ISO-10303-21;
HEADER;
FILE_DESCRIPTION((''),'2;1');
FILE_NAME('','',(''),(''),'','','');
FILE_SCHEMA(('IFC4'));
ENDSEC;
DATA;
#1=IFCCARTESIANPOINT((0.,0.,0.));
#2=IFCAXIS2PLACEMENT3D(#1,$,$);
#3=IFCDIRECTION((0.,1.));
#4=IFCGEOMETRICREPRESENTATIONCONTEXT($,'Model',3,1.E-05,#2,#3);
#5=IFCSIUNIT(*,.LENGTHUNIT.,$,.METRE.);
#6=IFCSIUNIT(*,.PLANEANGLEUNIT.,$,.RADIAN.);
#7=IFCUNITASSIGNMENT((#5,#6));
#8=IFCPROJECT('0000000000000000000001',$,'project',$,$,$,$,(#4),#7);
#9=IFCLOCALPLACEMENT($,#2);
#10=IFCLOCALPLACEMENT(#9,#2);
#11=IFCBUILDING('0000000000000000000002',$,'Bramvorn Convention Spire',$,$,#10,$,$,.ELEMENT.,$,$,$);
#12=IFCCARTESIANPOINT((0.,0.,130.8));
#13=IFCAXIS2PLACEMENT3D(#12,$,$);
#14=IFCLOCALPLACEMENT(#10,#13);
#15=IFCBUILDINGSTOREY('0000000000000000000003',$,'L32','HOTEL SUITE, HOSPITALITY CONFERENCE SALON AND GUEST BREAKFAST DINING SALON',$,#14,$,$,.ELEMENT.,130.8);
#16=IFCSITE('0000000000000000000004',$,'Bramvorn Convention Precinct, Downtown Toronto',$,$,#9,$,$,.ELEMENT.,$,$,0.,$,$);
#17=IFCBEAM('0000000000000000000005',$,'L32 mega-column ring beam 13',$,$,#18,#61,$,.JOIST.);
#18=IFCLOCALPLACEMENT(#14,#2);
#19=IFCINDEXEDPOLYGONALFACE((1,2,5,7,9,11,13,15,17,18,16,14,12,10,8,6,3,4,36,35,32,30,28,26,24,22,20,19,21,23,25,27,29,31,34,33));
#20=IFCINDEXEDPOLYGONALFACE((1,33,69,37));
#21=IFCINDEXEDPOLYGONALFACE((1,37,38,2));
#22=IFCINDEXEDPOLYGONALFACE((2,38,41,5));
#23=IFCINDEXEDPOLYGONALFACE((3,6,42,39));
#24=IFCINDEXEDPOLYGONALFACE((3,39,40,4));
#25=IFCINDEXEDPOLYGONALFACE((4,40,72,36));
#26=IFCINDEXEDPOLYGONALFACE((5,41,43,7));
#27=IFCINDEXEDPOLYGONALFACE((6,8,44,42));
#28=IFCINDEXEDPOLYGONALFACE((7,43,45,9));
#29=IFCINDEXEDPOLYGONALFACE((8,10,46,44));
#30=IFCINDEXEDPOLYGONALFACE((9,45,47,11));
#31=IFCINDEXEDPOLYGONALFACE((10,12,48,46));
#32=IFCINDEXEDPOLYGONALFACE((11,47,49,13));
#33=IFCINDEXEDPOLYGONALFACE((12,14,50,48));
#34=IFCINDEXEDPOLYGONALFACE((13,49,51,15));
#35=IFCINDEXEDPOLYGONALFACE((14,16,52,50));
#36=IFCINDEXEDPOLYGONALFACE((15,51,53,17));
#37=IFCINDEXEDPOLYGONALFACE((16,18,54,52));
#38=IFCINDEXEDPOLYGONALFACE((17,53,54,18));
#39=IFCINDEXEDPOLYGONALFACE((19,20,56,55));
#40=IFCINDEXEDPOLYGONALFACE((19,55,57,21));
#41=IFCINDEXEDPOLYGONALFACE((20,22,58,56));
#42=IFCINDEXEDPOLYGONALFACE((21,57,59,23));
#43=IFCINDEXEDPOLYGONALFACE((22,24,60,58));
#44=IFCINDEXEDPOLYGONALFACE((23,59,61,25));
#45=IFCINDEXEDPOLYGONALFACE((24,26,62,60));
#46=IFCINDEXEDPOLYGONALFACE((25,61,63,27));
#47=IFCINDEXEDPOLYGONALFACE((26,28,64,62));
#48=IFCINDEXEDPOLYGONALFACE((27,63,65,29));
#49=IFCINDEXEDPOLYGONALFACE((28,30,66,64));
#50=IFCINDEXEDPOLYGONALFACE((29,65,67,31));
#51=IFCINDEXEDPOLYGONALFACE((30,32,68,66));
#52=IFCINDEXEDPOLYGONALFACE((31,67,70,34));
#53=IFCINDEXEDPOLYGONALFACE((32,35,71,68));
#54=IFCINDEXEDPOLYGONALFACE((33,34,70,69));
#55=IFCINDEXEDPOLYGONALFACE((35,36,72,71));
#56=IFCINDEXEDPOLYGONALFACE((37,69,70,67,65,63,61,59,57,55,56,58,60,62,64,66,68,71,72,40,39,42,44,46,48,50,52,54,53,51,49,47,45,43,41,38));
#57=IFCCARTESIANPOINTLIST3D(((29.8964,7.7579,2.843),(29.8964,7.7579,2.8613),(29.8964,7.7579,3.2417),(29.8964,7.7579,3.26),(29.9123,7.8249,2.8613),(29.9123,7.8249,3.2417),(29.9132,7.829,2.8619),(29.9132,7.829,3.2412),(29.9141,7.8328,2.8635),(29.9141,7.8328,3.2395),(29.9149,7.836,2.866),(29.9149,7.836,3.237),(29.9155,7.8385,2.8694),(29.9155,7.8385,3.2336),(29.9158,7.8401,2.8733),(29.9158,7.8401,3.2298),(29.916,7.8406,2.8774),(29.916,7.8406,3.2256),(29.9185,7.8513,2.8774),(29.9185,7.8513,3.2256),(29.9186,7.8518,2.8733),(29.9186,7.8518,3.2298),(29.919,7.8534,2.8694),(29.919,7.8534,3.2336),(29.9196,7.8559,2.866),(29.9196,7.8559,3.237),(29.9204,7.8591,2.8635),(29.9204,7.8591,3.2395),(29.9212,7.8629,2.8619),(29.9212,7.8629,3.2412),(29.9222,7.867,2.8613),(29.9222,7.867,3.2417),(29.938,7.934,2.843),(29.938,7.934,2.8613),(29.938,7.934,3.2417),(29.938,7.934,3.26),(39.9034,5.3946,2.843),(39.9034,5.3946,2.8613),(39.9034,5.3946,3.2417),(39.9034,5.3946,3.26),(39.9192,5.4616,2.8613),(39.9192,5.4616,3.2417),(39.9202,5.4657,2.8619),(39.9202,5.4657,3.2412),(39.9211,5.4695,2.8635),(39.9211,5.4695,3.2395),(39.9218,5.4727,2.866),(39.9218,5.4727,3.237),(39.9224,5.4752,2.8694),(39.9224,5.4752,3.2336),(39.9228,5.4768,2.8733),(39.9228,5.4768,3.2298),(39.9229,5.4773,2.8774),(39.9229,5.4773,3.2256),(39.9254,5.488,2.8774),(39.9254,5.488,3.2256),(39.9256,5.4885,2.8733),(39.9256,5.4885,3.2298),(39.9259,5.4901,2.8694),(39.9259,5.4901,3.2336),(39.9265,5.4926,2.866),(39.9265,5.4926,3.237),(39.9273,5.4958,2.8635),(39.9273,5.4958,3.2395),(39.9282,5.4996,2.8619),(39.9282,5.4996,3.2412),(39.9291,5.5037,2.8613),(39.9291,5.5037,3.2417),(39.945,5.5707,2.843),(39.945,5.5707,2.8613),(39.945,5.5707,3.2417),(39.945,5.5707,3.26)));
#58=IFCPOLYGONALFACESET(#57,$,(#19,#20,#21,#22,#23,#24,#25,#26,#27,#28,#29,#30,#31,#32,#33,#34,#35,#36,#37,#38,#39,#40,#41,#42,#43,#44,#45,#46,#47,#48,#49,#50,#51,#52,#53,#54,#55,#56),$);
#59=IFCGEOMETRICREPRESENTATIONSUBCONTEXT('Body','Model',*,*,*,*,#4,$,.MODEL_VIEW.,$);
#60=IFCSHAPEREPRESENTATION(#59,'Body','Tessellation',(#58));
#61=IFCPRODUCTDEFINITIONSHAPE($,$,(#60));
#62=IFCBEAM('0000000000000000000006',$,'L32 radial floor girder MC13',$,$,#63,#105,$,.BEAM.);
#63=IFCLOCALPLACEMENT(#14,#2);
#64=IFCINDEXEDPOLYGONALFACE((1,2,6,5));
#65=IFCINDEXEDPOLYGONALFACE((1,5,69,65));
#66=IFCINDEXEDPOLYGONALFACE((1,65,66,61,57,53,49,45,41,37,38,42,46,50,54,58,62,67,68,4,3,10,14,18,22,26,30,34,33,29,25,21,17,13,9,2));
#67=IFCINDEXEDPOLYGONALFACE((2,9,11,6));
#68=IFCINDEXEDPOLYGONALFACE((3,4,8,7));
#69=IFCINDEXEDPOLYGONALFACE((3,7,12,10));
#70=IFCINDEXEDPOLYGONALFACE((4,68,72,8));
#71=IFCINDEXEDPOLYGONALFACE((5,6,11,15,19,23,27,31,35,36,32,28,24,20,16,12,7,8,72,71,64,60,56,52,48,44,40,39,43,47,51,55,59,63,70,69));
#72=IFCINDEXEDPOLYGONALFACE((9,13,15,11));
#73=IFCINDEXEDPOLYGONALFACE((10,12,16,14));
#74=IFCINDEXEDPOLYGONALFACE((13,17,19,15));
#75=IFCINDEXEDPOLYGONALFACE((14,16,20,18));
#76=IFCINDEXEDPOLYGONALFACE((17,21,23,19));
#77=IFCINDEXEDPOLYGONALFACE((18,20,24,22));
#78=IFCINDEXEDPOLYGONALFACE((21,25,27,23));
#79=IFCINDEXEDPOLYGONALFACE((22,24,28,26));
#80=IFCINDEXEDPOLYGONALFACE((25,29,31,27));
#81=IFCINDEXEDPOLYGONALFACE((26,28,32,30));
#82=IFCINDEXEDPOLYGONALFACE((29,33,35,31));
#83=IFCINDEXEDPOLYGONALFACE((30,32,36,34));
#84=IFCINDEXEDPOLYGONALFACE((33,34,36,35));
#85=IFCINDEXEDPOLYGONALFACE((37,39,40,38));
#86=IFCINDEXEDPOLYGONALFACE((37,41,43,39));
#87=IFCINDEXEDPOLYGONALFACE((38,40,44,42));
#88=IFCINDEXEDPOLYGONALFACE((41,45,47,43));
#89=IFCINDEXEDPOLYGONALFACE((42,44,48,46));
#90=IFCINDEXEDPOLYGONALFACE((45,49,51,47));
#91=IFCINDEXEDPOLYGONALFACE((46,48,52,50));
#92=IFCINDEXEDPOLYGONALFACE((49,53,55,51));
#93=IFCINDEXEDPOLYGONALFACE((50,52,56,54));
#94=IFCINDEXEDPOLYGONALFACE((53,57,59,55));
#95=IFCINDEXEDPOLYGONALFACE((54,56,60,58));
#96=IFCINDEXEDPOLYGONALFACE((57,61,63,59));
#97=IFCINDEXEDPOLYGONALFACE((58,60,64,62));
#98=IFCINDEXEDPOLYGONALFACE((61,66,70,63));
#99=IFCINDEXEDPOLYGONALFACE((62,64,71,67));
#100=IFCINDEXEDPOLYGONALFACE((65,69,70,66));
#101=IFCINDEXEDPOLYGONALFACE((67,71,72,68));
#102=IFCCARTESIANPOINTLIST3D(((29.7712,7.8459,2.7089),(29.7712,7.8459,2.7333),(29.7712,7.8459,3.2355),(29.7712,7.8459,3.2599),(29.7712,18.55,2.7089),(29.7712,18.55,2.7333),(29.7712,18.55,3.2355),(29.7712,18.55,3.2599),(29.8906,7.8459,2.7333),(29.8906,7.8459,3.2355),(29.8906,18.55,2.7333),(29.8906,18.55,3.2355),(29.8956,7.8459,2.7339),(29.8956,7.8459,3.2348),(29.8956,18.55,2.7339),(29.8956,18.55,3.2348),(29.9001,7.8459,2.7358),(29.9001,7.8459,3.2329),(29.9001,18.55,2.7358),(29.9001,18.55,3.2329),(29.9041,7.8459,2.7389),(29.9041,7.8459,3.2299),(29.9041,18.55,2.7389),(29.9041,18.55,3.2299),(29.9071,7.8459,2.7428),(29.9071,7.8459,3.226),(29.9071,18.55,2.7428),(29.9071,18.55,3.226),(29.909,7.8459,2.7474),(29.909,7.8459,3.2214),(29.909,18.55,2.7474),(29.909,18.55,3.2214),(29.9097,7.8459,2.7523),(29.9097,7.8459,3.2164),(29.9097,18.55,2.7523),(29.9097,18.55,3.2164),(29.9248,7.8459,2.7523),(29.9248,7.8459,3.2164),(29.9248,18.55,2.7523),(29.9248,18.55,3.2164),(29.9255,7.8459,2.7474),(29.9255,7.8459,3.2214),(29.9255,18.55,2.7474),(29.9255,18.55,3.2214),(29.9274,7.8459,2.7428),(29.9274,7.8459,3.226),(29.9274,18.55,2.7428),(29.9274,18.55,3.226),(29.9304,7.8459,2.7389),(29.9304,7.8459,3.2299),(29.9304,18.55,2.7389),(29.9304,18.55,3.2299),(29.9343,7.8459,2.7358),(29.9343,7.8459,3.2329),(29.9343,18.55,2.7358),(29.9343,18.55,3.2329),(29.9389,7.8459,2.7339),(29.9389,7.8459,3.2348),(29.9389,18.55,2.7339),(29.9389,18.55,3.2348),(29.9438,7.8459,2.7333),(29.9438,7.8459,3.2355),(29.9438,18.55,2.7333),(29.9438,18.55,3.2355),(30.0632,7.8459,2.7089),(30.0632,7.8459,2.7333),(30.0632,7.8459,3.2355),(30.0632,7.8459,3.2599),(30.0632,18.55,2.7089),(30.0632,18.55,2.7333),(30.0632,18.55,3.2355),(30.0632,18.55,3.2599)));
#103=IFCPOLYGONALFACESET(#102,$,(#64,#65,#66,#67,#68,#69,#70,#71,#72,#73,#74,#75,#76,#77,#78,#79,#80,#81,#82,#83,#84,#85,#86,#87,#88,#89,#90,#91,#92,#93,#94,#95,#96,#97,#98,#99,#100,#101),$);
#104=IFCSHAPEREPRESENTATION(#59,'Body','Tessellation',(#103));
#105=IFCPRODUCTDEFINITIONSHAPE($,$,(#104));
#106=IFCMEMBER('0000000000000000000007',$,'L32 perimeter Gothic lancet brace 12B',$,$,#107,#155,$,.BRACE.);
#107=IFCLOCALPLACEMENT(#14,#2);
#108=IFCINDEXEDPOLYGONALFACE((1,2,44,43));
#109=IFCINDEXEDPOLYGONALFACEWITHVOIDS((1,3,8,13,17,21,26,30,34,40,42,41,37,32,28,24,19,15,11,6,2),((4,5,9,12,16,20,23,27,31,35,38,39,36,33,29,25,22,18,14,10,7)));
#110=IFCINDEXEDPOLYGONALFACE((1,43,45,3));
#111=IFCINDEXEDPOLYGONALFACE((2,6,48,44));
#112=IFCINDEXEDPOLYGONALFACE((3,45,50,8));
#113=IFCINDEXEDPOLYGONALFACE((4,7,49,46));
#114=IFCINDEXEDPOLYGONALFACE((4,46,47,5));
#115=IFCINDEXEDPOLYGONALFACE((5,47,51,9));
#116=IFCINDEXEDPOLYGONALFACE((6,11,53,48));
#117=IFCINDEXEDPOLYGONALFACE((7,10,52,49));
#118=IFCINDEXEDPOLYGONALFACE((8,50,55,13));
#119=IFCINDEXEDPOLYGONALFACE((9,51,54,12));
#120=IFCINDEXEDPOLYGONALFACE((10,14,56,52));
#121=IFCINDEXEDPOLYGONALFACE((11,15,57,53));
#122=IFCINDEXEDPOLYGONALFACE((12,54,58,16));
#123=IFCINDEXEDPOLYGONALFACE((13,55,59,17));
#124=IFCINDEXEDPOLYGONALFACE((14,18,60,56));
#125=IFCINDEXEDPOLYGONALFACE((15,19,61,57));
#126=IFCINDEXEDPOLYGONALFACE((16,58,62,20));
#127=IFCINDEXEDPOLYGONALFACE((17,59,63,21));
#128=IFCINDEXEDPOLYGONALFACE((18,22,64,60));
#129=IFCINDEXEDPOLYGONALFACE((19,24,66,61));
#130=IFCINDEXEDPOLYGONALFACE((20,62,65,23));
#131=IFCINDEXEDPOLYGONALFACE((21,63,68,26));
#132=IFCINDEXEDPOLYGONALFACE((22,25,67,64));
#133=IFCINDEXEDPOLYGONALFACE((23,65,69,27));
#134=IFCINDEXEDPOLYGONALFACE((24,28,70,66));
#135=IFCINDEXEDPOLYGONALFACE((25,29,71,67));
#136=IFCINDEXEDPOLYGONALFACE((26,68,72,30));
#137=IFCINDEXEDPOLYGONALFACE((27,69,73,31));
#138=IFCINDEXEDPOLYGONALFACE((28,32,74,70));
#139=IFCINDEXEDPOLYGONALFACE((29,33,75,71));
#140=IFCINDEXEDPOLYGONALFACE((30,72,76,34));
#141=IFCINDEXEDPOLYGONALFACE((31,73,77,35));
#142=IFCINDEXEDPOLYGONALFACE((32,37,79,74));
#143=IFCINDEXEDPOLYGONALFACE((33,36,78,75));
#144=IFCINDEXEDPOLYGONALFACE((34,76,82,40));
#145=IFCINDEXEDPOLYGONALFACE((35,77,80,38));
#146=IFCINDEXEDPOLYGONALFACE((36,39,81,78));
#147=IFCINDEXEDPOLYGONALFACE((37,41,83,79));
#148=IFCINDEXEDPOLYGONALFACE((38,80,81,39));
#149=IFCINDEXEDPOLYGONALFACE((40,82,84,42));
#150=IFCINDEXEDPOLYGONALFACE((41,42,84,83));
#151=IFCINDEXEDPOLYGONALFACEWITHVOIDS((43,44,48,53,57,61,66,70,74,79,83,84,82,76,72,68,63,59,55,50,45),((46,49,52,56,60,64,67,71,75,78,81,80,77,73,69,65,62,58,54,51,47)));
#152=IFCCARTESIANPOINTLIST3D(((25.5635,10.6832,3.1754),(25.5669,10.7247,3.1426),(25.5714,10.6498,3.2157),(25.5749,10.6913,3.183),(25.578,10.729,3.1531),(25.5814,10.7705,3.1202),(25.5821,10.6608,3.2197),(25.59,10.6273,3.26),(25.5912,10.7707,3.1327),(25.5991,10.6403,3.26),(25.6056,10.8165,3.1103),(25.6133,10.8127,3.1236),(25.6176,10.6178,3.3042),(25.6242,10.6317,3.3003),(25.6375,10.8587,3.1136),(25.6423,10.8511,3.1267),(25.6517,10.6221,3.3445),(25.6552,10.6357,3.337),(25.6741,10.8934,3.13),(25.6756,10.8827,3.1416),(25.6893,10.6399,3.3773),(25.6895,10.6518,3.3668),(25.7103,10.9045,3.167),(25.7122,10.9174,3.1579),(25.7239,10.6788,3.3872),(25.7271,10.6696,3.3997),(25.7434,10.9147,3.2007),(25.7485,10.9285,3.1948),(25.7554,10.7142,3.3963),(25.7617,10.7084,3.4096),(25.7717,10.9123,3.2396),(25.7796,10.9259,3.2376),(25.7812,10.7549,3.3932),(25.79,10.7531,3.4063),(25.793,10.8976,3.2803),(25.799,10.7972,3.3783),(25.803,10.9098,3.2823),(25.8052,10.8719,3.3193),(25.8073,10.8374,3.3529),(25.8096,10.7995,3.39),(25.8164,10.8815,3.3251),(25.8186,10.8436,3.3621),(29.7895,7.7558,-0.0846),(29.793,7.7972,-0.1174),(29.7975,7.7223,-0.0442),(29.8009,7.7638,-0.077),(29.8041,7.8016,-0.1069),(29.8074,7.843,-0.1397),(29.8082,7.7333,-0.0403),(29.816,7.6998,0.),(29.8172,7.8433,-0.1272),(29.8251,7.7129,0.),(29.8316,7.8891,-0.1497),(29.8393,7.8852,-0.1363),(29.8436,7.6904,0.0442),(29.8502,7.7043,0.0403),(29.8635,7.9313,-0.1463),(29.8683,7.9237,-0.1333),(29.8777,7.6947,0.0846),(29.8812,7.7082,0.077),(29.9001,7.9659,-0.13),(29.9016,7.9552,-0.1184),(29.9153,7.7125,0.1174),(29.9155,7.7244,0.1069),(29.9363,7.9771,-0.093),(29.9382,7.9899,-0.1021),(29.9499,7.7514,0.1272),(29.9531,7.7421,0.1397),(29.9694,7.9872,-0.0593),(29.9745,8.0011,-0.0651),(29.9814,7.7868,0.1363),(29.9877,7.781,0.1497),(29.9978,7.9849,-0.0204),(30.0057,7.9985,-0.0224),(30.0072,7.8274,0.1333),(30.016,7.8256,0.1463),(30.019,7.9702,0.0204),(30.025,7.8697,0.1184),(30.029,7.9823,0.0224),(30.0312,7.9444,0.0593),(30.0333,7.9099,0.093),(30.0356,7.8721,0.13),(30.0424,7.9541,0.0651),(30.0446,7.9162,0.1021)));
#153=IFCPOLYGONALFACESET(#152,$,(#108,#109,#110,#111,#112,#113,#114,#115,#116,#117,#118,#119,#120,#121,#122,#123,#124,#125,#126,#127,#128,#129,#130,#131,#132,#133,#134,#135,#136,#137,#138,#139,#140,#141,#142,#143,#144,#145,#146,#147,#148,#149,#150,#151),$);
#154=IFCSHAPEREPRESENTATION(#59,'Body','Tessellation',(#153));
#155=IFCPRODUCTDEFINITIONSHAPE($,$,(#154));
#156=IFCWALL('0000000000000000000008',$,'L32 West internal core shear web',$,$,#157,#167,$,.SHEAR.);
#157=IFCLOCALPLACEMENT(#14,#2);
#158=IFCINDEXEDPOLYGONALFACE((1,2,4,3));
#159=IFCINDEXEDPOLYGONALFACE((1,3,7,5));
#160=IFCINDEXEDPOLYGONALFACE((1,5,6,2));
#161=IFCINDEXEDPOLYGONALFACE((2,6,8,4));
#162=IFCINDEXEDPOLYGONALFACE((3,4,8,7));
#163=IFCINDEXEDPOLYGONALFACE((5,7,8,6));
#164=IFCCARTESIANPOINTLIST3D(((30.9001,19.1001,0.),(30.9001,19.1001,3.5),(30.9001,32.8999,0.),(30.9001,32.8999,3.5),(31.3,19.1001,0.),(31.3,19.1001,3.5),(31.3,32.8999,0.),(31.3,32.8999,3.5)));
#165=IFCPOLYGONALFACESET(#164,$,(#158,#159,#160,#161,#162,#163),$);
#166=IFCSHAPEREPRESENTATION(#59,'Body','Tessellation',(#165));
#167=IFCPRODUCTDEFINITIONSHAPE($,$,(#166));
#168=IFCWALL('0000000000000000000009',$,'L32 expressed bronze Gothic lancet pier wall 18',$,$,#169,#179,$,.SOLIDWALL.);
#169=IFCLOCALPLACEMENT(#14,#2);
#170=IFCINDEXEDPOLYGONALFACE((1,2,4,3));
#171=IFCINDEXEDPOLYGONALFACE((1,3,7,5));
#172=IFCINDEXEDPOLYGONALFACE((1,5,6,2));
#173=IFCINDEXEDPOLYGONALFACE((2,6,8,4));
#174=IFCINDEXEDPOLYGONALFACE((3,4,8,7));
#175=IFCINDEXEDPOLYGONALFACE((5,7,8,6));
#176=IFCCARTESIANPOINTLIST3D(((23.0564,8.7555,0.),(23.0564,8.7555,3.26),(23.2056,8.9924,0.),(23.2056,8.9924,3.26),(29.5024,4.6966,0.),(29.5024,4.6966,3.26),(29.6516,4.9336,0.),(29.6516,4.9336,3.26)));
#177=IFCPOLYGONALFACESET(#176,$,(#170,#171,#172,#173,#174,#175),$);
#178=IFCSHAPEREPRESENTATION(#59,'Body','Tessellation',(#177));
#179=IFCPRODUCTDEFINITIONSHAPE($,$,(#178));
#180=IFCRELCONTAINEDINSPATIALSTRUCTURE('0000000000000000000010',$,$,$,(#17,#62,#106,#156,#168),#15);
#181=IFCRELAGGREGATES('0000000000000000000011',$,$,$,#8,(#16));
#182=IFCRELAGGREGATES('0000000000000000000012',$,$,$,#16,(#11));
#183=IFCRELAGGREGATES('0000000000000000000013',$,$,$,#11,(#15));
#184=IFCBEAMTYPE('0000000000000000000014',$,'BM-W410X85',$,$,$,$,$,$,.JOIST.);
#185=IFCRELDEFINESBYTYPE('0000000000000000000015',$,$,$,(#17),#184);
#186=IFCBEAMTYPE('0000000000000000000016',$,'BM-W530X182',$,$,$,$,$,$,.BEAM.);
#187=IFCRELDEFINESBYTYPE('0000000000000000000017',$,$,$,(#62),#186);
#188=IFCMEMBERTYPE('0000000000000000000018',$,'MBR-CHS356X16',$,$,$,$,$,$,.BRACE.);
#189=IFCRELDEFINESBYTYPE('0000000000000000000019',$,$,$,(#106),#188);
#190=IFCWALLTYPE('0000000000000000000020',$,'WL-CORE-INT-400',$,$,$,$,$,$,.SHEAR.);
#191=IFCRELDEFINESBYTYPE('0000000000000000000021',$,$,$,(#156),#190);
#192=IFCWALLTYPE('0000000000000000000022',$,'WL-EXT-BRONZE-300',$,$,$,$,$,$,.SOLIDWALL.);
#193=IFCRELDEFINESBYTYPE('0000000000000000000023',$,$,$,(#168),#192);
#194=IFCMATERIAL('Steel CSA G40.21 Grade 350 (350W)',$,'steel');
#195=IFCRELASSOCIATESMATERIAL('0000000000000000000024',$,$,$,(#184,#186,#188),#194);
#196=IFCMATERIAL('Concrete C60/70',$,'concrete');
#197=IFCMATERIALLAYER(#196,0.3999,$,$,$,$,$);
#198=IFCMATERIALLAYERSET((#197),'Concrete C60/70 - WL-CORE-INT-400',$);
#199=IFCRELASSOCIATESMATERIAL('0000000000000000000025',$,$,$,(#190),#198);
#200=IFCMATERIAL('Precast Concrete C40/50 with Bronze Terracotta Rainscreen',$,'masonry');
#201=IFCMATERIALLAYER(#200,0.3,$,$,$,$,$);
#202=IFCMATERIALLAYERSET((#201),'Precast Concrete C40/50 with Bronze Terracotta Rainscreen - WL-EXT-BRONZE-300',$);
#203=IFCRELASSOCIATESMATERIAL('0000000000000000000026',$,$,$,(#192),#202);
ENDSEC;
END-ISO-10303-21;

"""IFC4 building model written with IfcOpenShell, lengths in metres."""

from ifc_helpers import new_model, si_unit, direction, frame, frame_2d, origin, origin_2d, place, context, subcontext, project, spatial, rectangle, hollow_circle, i_section, extrude, material, layer, layer_set, material_profile, profile_set, type_object, element, save


model = new_model("IFC4")

# Units and contexts
model_context = context("Model", 3, precision=1e-05, world=origin(), true_north=direction((0.0, 1.0)))
body_context = subcontext(model_context, "Body", "Model", "MODEL_VIEW")
ifc_project = project(units=[si_unit("LENGTHUNIT", "METRE"), si_unit("PLANEANGLEUNIT", "RADIAN")], contexts=[model_context])

# Site, building, storey
site_placement = place(None, origin())
site = spatial("IfcSite", under=ifc_project, at=site_placement, Name="Bramvorn Convention Precinct, Downtown Toronto", CompositionType="ELEMENT", RefElevation=0.0)
building_placement = place(site_placement, origin())
building = spatial("IfcBuilding", under=site, at=building_placement, Name="Bramvorn Convention Spire", CompositionType="ELEMENT")
storey_placement = place(building_placement, frame((0.0, 0.0, 130.8)))
storey = spatial("IfcBuildingStorey", under=building, at=storey_placement, Name="L32", Description="HOTEL SUITE, HOSPITALITY CONFERENCE SALON AND GUEST BREAKFAST DINING SALON", CompositionType="ELEMENT", Elevation=130.8)

# Shared definitions
ifc_material_1 = material(Name="Steel CSA G40.21 Grade 350 (350W)", Category="steel")

# Beams
ifc_material_profile_1 = material_profile(ifc_material_1, i_section(OverallWidth=0.1809, OverallDepth=0.417, WebThickness=0.011, FlangeThickness=0.0183, FilletRadius=0.0161, at=origin_2d()))
ifc_profile_set_1 = profile_set([ifc_material_profile_1], Name="Steel CSA G40.21 Grade 350 (350W) - W410X85")
beam_type_1 = type_object("IfcBeamType", Name="BM-W410X85", PredefinedType="JOIST", material=ifc_profile_set_1)
beam_1_placement = place(storey_placement, frame((29.9172, 7.8459, 3.0515), z_axis=(0.973228, -0.229844, 0.0), x_axis=(0.229844, 0.973228, 0.0)))
element("IfcBeam", 1, at=beam_1_placement, inside=storey, type_object=beam_type_1, Name="L32 mega-column ring beam 13", PredefinedType="JOIST", context=body_context, shape_type="SweptSolid", body=[
    extrude(i_section(OverallWidth=0.1809, OverallDepth=0.417, WebThickness=0.011, FlangeThickness=0.0183, FilletRadius=0.0161, at=origin_2d()), origin(), (0.0, 0.0, 1.0), 10.2822),
])
ifc_material_profile_2 = material_profile(ifc_material_1, i_section(OverallWidth=0.292, OverallDepth=0.551, WebThickness=0.0151, FlangeThickness=0.0244, FilletRadius=0.019, at=origin_2d()))
ifc_profile_set_2 = profile_set([ifc_material_profile_2], Name="Steel CSA G40.21 Grade 350 (350W) - W530X182")
beam_type_2 = type_object("IfcBeamType", Name="BM-W530X182", PredefinedType="BEAM", material=ifc_profile_set_2)
beam_2_placement = place(storey_placement, frame((29.9172, 18.55, 2.9844), z_axis=(0.0, -1.0, 0.0), x_axis=(1.0, 0.0, 0.0)))
element("IfcBeam", 2, at=beam_2_placement, inside=storey, type_object=beam_type_2, Name="L32 radial floor girder MC13", PredefinedType="BEAM", context=body_context, shape_type="SweptSolid", body=[
    extrude(i_section(OverallWidth=0.292, OverallDepth=0.551, WebThickness=0.0151, FlangeThickness=0.0244, FilletRadius=0.019, at=origin_2d()), origin(), (0.0, 0.0, 1.0), 10.7041),
])

# Member
ifc_material_profile_3 = material_profile(ifc_material_1, hollow_circle(Radius=0.1777, WallThickness=0.0159, at=origin_2d()))
ifc_profile_set_3 = profile_set([ifc_material_profile_3], Name="Steel CSA G40.21 Grade 350 (350W) - CHS356X16")
member_type = type_object("IfcMemberType", Name="MBR-CHS356X16", PredefinedType="BRACE", material=ifc_profile_set_3)
member_placement = place(storey_placement, frame((29.9172, 7.8459, 0.0), z_axis=(-0.694222, 0.480902, 0.535526), x_axis=(-0.56944, -0.822033, 0.0)))
element("IfcMember", 3, at=member_placement, inside=storey, type_object=member_type, Name="L32 perimeter Gothic lancet brace 12B", PredefinedType="BRACE", context=body_context, shape_type="SweptSolid", body=[
    extrude(hollow_circle(Radius=0.1777, WallThickness=0.0159, at=origin_2d()), origin(), (0.0, 0.0, 1.0), 6.0874),
])

# Walls
ifc_material_2 = material(Name="Concrete C60/70", Category="concrete")
ifc_layer_1 = layer(ifc_material_2, 0.3999)
ifc_layer_set_1 = layer_set([ifc_layer_1], Name="Concrete C60/70 - WL-CORE-INT-400")
wall_type_1 = type_object("IfcWallType", Name="WL-CORE-INT-400", PredefinedType="SHEAR", material=ifc_layer_set_1)
wall_1_placement = place(storey_placement, frame((31.1001, 19.1001, 0.0), z_axis=(0.0, 0.0, 1.0), x_axis=(0.0, 1.0, 0.0)))
element("IfcWall", 4, at=wall_1_placement, inside=storey, type_object=wall_type_1, Name="L32 West internal core shear web", PredefinedType="SHEAR", context=body_context, shape_type="SweptSolid", body=[
    extrude(rectangle(XDim=13.7998, YDim=0.3999, at=frame_2d((6.8999, 0.0))), origin(), (0.0, 0.0, 1.0), 3.5),
])
ifc_material_3 = material(Name="Precast Concrete C40/50 with Bronze Terracotta Rainscreen", Category="masonry")
ifc_layer_2 = layer(ifc_material_3, 0.3)
ifc_layer_set_2 = layer_set([ifc_layer_2], Name="Precast Concrete C40/50 with Bronze Terracotta Rainscreen - WL-EXT-BRONZE-300")
wall_type_2 = type_object("IfcWallType", Name="WL-EXT-BRONZE-300", PredefinedType="SOLIDWALL", material=ifc_layer_set_2)
wall_2_placement = place(storey_placement, frame((29.5769, 4.8152, 0.0), z_axis=(0.0, 0.0, 1.0), x_axis=(-0.84622, 0.532834, 0.0)))
element("IfcWall", 5, at=wall_2_placement, inside=storey, type_object=wall_type_2, Name="L32 expressed bronze Gothic lancet pier wall 18", PredefinedType="SOLIDWALL", context=body_context, shape_type="SweptSolid", body=[
    extrude(rectangle(XDim=7.6174, YDim=0.28, at=frame_2d((3.8086, 0.0))), origin(), (0.0, 0.0, 1.0), 3.26),
])

save(model, "model.ifc")
